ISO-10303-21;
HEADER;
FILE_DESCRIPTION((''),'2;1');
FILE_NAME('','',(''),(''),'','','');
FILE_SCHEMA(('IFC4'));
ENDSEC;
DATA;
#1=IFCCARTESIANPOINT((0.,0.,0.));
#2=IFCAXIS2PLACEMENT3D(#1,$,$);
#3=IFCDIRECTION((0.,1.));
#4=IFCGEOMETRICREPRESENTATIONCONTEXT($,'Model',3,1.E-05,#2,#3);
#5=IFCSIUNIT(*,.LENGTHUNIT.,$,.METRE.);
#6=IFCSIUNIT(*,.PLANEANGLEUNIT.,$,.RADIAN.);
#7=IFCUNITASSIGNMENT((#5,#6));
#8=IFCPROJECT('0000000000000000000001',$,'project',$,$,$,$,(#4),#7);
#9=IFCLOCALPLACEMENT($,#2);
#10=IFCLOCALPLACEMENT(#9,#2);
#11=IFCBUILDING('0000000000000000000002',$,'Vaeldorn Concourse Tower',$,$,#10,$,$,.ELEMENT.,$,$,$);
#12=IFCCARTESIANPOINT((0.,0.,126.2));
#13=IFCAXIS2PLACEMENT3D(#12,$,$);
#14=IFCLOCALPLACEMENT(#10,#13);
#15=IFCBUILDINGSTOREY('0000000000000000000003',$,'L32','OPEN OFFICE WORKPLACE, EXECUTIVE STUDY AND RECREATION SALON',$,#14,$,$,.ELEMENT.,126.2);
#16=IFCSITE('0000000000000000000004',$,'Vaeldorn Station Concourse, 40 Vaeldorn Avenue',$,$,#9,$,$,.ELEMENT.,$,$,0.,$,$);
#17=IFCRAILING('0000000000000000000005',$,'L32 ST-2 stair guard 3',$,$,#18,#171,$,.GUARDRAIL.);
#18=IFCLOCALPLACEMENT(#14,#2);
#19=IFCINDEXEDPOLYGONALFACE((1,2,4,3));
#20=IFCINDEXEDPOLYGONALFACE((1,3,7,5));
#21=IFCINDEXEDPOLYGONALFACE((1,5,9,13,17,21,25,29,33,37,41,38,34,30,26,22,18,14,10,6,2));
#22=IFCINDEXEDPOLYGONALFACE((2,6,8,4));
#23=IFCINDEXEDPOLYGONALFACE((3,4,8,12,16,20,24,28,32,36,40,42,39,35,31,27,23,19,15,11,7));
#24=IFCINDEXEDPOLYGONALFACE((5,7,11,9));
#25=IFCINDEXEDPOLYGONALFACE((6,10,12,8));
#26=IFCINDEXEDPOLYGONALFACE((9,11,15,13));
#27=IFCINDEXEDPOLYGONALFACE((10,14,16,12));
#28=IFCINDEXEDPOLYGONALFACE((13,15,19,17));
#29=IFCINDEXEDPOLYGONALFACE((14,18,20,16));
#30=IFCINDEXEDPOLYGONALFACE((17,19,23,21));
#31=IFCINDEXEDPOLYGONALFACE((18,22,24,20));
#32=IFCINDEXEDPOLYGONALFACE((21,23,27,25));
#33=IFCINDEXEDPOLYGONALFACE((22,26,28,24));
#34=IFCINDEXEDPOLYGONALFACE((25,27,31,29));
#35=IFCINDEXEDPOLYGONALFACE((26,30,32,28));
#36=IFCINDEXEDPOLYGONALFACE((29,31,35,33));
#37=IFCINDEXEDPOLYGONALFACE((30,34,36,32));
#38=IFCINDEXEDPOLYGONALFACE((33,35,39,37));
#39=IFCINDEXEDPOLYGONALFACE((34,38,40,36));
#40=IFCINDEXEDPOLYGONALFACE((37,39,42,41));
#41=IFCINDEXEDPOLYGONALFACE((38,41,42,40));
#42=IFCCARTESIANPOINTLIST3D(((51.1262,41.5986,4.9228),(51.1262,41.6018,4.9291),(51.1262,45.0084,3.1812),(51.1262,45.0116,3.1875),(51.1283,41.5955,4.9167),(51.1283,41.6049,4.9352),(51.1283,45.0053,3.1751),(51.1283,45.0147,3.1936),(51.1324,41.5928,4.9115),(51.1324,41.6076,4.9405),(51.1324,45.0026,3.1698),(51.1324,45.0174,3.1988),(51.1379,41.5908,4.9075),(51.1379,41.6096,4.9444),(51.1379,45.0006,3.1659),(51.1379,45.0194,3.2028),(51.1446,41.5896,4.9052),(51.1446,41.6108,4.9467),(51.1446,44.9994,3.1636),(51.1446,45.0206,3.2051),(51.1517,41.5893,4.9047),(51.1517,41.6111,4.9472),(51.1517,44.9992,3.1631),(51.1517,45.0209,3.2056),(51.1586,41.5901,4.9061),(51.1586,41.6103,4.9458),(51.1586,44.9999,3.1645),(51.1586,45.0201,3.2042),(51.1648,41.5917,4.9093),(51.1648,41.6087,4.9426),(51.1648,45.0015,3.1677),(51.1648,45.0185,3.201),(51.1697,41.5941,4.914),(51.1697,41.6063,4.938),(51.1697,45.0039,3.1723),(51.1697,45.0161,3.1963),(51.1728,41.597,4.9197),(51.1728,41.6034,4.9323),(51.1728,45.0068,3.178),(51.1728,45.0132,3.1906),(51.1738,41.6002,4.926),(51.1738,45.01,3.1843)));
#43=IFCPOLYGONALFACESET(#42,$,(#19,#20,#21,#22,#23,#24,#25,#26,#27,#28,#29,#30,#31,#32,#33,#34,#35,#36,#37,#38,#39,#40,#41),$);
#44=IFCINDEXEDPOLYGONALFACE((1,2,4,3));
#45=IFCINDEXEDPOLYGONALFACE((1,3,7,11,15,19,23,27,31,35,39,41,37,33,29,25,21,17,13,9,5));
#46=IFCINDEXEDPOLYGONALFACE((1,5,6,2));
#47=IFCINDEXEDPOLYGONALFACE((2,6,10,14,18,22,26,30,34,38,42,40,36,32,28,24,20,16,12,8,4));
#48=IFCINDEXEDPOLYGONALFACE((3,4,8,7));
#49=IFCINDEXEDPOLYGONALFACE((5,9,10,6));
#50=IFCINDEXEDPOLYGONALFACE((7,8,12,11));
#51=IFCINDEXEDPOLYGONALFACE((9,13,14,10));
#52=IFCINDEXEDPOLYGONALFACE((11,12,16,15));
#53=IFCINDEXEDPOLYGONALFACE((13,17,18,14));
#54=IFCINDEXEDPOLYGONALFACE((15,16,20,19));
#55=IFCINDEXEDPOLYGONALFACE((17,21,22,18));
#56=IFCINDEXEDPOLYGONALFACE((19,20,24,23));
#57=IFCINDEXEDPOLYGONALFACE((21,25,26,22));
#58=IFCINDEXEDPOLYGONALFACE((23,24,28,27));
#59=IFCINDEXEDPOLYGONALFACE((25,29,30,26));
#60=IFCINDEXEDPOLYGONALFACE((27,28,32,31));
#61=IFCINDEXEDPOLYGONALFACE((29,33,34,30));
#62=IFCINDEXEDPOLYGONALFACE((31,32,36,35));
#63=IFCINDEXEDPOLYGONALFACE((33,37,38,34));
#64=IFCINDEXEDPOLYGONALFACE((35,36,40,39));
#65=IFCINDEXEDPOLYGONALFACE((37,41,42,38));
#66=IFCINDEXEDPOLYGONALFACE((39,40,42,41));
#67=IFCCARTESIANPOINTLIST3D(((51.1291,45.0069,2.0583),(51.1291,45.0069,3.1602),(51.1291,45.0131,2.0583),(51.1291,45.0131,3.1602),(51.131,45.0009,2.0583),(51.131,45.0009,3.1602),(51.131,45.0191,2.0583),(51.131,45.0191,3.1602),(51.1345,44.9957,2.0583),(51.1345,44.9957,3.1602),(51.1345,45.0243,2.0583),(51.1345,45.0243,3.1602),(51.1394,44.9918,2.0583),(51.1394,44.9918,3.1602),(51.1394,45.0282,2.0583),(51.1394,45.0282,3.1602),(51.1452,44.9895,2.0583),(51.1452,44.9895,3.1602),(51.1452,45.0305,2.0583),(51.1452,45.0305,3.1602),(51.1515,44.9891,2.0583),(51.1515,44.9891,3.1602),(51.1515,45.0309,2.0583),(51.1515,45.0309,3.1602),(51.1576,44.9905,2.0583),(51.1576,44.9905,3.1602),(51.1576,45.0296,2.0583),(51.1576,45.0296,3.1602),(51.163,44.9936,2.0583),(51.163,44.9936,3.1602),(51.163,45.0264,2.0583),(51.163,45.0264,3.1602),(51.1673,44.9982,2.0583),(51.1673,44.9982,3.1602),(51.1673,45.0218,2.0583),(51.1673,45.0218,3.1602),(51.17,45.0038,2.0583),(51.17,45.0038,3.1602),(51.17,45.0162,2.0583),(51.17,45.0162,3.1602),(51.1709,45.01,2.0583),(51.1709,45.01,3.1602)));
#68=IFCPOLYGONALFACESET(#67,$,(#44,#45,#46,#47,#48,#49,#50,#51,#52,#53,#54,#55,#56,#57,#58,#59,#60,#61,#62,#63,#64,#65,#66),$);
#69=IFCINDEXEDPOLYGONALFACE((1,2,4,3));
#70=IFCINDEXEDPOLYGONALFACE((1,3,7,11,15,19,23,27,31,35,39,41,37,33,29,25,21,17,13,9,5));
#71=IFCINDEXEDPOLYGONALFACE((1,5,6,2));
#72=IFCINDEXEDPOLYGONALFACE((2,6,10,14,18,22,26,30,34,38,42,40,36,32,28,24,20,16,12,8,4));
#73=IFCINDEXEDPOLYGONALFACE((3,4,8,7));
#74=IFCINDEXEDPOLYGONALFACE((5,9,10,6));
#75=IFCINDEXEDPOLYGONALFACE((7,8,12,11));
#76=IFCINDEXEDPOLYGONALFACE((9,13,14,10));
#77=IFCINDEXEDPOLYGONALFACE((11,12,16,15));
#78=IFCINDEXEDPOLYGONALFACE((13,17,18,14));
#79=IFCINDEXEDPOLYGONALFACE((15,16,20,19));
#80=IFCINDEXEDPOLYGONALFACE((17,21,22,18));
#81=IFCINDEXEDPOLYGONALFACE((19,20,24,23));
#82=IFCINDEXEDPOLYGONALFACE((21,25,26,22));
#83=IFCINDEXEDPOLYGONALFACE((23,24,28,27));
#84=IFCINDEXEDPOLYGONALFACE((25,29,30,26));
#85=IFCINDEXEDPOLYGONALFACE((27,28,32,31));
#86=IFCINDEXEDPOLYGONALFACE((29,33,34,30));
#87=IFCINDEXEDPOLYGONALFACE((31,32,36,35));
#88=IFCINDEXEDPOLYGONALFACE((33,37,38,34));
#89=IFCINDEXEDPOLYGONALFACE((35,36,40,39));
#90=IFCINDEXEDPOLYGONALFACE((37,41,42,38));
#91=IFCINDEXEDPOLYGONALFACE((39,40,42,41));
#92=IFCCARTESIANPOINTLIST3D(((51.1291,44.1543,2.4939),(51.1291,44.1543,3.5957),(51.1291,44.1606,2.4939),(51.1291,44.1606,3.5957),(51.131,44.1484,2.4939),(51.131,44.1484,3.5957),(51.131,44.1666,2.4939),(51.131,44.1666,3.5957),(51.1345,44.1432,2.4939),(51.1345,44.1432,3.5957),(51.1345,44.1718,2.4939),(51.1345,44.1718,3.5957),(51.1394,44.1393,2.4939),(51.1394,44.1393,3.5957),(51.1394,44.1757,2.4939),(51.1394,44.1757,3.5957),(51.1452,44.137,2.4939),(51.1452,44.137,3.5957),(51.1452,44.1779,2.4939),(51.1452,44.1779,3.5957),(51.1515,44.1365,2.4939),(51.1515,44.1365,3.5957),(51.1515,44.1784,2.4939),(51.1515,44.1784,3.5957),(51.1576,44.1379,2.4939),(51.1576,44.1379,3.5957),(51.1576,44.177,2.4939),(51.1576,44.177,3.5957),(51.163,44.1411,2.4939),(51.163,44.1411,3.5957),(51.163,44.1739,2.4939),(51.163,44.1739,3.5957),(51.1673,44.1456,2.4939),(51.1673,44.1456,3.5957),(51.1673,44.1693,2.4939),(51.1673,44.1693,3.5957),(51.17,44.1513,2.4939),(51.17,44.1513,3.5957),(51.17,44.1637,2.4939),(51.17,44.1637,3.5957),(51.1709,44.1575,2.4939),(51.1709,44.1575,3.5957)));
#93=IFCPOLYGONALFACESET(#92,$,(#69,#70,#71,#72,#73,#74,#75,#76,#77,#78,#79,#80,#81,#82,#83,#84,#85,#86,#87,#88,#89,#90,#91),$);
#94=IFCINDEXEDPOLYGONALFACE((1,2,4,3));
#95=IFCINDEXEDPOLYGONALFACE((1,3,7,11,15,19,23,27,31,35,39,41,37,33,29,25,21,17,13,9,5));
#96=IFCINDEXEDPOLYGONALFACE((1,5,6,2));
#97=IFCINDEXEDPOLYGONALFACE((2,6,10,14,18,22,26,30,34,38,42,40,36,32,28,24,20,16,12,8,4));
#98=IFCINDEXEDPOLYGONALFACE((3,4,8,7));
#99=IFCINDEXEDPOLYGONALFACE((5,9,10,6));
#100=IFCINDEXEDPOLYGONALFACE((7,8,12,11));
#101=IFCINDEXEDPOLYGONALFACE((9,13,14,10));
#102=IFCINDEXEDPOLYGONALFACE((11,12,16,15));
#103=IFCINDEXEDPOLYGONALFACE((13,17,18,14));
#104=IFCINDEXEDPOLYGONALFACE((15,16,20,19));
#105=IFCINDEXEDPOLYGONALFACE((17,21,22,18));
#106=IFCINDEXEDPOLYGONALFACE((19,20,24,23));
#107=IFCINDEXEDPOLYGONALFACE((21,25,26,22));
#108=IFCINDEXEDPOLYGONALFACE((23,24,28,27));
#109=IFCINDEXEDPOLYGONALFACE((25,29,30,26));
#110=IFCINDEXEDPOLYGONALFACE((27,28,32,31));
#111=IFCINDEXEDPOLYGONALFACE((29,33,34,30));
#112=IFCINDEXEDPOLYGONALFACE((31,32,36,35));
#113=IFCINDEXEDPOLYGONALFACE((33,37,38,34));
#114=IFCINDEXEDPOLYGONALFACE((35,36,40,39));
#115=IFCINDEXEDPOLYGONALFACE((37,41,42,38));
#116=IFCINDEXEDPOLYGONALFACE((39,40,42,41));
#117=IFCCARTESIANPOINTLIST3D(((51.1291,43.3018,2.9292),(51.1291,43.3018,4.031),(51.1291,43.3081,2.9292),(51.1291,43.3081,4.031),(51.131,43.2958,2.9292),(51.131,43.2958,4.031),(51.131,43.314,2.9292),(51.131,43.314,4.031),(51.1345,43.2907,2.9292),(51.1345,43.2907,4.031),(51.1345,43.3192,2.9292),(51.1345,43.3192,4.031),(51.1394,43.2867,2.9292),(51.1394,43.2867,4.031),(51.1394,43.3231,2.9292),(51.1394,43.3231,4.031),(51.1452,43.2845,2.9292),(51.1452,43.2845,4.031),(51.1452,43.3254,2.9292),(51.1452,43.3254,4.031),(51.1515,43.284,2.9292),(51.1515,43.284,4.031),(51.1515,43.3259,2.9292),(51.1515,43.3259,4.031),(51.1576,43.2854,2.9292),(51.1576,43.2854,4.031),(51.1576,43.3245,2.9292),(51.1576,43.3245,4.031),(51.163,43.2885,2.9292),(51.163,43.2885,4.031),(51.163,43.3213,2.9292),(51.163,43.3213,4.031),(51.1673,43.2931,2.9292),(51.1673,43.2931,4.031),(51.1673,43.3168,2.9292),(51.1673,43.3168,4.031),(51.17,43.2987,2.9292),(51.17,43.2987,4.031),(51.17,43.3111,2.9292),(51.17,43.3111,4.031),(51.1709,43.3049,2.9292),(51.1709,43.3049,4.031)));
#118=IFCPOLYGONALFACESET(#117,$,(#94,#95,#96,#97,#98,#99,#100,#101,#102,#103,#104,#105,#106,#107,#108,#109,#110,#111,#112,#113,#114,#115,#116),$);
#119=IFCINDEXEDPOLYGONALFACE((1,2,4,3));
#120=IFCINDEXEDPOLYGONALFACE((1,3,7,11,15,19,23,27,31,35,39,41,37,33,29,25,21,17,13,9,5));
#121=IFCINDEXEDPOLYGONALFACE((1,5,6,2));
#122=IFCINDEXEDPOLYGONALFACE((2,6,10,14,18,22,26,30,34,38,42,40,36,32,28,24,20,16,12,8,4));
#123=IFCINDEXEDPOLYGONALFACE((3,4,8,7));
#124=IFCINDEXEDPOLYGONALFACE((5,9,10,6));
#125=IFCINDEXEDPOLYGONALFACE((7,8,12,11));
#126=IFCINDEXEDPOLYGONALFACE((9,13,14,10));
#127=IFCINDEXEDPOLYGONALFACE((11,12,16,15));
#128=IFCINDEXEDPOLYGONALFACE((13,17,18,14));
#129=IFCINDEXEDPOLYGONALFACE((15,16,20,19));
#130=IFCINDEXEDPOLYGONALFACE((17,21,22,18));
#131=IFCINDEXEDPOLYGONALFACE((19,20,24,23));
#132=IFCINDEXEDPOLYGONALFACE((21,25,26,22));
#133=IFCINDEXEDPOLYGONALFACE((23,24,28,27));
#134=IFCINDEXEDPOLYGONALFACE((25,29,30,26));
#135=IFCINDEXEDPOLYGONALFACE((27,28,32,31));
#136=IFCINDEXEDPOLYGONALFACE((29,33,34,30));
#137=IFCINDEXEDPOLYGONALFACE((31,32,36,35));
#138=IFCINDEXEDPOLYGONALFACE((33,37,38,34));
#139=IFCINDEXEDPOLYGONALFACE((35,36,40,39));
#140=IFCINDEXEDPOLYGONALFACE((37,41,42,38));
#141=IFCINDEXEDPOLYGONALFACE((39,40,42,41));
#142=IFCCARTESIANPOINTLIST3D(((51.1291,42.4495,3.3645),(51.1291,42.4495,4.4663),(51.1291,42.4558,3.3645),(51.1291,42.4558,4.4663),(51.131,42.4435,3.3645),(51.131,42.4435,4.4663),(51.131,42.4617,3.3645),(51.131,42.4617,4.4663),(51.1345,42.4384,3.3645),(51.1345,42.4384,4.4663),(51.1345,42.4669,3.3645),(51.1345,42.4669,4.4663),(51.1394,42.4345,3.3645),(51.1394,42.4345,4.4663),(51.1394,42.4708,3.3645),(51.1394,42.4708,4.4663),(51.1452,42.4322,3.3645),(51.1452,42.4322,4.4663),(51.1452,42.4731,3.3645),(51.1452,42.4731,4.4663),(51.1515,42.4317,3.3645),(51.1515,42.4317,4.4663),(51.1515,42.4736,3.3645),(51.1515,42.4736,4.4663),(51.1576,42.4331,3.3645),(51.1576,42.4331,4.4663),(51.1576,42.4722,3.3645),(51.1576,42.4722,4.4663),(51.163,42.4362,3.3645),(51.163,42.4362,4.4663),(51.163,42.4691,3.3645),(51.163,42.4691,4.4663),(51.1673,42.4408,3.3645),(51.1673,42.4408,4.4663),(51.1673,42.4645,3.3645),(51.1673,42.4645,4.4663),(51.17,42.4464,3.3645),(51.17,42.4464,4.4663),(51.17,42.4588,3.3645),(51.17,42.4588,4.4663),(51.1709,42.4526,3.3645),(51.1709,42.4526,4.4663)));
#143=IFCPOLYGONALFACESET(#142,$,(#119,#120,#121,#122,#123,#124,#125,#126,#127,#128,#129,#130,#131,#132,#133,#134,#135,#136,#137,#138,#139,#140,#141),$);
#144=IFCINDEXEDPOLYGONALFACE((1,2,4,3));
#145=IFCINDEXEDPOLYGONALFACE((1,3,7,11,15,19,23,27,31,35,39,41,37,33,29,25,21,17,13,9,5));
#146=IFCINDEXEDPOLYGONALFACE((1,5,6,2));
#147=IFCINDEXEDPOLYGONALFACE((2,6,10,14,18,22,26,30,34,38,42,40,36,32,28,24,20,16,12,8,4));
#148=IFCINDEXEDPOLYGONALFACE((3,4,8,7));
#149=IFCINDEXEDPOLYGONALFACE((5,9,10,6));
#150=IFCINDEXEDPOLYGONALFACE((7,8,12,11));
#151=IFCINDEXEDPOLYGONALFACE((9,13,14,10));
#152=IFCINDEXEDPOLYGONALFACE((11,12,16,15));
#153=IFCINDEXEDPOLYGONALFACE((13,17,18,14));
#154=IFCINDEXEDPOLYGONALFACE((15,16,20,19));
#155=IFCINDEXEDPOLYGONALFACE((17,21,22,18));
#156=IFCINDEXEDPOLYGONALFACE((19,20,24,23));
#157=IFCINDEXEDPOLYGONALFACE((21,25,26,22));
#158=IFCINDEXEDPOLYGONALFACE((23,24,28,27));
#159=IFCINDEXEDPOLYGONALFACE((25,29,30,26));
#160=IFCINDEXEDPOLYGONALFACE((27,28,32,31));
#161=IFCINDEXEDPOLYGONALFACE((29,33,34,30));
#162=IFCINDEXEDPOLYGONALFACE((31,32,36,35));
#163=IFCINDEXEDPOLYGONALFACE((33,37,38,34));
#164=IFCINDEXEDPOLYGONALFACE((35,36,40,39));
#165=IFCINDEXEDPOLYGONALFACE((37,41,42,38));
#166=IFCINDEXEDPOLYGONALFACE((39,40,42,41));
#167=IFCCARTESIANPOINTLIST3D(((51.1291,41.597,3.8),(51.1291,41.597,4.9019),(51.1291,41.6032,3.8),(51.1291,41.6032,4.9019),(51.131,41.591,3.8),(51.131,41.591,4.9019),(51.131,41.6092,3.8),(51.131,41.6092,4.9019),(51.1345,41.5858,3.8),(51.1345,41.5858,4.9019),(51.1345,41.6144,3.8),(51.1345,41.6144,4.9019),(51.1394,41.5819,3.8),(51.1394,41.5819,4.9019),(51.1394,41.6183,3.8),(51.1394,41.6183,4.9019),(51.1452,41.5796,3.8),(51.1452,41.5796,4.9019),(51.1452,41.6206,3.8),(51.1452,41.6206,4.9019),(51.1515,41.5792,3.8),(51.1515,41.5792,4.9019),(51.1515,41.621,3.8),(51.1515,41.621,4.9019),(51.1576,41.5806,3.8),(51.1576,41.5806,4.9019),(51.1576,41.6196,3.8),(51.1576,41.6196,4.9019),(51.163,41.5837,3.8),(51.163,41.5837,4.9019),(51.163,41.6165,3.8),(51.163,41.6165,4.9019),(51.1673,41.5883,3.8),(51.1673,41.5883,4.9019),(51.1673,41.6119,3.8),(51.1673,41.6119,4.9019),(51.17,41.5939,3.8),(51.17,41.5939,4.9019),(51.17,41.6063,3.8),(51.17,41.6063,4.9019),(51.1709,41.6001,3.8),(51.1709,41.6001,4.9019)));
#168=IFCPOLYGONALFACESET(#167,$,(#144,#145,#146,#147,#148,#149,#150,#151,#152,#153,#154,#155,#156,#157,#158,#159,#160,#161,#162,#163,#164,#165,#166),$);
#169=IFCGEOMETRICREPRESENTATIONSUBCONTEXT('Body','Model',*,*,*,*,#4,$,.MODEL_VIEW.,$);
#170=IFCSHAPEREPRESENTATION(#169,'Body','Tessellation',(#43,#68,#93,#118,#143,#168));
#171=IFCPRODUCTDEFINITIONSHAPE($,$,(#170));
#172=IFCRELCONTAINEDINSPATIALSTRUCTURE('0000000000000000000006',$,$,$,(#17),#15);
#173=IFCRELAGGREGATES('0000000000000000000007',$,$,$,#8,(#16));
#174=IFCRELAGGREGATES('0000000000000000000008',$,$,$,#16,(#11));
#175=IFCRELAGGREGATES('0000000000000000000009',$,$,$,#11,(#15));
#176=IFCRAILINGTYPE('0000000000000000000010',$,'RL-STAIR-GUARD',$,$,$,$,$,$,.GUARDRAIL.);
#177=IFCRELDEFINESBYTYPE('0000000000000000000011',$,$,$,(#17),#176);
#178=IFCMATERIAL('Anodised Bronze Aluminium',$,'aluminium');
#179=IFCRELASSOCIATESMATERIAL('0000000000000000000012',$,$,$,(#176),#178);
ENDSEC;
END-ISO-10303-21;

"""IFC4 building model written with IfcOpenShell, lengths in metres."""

from ifc_helpers import new_model, si_unit, direction, frame, origin, origin_2d, place, context, subcontext, project, spatial, circle, extrude, material, type_object, element, save


model = new_model("IFC4")

# Units and contexts
model_context = context("Model", 3, precision=1e-05, world=origin(), true_north=direction((0.0, 1.0)))
body_context = subcontext(model_context, "Body", "Model", "MODEL_VIEW")
ifc_project = project(units=[si_unit("LENGTHUNIT", "METRE"), si_unit("PLANEANGLEUNIT", "RADIAN")], contexts=[model_context])

# Site, building, storey
site_placement = place(None, origin())
site = spatial("IfcSite", under=ifc_project, at=site_placement, Name="Vaeldorn Station Concourse, 40 Vaeldorn Avenue", CompositionType="ELEMENT", RefElevation=0.0)
building_placement = place(site_placement, origin())
building = spatial("IfcBuilding", under=site, at=building_placement, Name="Vaeldorn Concourse Tower", CompositionType="ELEMENT")
storey_placement = place(building_placement, frame((0.0, 0.0, 126.2)))
storey = spatial("IfcBuildingStorey", under=building, at=storey_placement, Name="L32", Description="OPEN OFFICE WORKPLACE, EXECUTIVE STUDY AND RECREATION SALON", CompositionType="ELEMENT", Elevation=126.2)

# Shared definitions
ifc_material_1 = material(Name="Anodised Bronze Aluminium", Category="aluminium")

# Railing
railing_type_1 = type_object("IfcRailingType", Name="RL-STAIR-GUARD", PredefinedType="GUARDRAIL", material=ifc_material_1)
railing_1_placement = place(storey_placement, frame((51.1499, 45.01, 2.0583)))
element("IfcRailing", 1, at=railing_1_placement, inside=storey, type_object=railing_type_1, Name="L32 ST-2 stair guard 3", PredefinedType="GUARDRAIL", context=body_context, shape_type="SweptSolid", body=[
    extrude(circle(Radius=0.0239, at=origin_2d()), frame((0.0, 0.0, 1.126), z_axis=(0.0, -0.890556, 0.454874), x_axis=(1.0, 0.0, 0.0)), (0.0, 0.0, 1.0), 3.8289),
    extrude(circle(Radius=0.021, at=origin_2d()), origin(), (0.0, 0.0, 1.0), 1.1018),
    extrude(circle(Radius=0.021, at=origin_2d()), frame((0.0, -0.8525, 0.4355)), (0.0, 0.0, 1.0), 1.1018),
    extrude(circle(Radius=0.021, at=origin_2d()), frame((0.0, -1.7051, 0.8708)), (0.0, 0.0, 1.0), 1.1018),
    extrude(circle(Radius=0.021, at=origin_2d()), frame((0.0, -2.5574, 1.3062)), (0.0, 0.0, 1.0), 1.1018),
    extrude(circle(Radius=0.021, at=origin_2d()), frame((0.0, -3.4099, 1.7417)), (0.0, 0.0, 1.0), 1.1018),
])

save(model, "model.ifc")
